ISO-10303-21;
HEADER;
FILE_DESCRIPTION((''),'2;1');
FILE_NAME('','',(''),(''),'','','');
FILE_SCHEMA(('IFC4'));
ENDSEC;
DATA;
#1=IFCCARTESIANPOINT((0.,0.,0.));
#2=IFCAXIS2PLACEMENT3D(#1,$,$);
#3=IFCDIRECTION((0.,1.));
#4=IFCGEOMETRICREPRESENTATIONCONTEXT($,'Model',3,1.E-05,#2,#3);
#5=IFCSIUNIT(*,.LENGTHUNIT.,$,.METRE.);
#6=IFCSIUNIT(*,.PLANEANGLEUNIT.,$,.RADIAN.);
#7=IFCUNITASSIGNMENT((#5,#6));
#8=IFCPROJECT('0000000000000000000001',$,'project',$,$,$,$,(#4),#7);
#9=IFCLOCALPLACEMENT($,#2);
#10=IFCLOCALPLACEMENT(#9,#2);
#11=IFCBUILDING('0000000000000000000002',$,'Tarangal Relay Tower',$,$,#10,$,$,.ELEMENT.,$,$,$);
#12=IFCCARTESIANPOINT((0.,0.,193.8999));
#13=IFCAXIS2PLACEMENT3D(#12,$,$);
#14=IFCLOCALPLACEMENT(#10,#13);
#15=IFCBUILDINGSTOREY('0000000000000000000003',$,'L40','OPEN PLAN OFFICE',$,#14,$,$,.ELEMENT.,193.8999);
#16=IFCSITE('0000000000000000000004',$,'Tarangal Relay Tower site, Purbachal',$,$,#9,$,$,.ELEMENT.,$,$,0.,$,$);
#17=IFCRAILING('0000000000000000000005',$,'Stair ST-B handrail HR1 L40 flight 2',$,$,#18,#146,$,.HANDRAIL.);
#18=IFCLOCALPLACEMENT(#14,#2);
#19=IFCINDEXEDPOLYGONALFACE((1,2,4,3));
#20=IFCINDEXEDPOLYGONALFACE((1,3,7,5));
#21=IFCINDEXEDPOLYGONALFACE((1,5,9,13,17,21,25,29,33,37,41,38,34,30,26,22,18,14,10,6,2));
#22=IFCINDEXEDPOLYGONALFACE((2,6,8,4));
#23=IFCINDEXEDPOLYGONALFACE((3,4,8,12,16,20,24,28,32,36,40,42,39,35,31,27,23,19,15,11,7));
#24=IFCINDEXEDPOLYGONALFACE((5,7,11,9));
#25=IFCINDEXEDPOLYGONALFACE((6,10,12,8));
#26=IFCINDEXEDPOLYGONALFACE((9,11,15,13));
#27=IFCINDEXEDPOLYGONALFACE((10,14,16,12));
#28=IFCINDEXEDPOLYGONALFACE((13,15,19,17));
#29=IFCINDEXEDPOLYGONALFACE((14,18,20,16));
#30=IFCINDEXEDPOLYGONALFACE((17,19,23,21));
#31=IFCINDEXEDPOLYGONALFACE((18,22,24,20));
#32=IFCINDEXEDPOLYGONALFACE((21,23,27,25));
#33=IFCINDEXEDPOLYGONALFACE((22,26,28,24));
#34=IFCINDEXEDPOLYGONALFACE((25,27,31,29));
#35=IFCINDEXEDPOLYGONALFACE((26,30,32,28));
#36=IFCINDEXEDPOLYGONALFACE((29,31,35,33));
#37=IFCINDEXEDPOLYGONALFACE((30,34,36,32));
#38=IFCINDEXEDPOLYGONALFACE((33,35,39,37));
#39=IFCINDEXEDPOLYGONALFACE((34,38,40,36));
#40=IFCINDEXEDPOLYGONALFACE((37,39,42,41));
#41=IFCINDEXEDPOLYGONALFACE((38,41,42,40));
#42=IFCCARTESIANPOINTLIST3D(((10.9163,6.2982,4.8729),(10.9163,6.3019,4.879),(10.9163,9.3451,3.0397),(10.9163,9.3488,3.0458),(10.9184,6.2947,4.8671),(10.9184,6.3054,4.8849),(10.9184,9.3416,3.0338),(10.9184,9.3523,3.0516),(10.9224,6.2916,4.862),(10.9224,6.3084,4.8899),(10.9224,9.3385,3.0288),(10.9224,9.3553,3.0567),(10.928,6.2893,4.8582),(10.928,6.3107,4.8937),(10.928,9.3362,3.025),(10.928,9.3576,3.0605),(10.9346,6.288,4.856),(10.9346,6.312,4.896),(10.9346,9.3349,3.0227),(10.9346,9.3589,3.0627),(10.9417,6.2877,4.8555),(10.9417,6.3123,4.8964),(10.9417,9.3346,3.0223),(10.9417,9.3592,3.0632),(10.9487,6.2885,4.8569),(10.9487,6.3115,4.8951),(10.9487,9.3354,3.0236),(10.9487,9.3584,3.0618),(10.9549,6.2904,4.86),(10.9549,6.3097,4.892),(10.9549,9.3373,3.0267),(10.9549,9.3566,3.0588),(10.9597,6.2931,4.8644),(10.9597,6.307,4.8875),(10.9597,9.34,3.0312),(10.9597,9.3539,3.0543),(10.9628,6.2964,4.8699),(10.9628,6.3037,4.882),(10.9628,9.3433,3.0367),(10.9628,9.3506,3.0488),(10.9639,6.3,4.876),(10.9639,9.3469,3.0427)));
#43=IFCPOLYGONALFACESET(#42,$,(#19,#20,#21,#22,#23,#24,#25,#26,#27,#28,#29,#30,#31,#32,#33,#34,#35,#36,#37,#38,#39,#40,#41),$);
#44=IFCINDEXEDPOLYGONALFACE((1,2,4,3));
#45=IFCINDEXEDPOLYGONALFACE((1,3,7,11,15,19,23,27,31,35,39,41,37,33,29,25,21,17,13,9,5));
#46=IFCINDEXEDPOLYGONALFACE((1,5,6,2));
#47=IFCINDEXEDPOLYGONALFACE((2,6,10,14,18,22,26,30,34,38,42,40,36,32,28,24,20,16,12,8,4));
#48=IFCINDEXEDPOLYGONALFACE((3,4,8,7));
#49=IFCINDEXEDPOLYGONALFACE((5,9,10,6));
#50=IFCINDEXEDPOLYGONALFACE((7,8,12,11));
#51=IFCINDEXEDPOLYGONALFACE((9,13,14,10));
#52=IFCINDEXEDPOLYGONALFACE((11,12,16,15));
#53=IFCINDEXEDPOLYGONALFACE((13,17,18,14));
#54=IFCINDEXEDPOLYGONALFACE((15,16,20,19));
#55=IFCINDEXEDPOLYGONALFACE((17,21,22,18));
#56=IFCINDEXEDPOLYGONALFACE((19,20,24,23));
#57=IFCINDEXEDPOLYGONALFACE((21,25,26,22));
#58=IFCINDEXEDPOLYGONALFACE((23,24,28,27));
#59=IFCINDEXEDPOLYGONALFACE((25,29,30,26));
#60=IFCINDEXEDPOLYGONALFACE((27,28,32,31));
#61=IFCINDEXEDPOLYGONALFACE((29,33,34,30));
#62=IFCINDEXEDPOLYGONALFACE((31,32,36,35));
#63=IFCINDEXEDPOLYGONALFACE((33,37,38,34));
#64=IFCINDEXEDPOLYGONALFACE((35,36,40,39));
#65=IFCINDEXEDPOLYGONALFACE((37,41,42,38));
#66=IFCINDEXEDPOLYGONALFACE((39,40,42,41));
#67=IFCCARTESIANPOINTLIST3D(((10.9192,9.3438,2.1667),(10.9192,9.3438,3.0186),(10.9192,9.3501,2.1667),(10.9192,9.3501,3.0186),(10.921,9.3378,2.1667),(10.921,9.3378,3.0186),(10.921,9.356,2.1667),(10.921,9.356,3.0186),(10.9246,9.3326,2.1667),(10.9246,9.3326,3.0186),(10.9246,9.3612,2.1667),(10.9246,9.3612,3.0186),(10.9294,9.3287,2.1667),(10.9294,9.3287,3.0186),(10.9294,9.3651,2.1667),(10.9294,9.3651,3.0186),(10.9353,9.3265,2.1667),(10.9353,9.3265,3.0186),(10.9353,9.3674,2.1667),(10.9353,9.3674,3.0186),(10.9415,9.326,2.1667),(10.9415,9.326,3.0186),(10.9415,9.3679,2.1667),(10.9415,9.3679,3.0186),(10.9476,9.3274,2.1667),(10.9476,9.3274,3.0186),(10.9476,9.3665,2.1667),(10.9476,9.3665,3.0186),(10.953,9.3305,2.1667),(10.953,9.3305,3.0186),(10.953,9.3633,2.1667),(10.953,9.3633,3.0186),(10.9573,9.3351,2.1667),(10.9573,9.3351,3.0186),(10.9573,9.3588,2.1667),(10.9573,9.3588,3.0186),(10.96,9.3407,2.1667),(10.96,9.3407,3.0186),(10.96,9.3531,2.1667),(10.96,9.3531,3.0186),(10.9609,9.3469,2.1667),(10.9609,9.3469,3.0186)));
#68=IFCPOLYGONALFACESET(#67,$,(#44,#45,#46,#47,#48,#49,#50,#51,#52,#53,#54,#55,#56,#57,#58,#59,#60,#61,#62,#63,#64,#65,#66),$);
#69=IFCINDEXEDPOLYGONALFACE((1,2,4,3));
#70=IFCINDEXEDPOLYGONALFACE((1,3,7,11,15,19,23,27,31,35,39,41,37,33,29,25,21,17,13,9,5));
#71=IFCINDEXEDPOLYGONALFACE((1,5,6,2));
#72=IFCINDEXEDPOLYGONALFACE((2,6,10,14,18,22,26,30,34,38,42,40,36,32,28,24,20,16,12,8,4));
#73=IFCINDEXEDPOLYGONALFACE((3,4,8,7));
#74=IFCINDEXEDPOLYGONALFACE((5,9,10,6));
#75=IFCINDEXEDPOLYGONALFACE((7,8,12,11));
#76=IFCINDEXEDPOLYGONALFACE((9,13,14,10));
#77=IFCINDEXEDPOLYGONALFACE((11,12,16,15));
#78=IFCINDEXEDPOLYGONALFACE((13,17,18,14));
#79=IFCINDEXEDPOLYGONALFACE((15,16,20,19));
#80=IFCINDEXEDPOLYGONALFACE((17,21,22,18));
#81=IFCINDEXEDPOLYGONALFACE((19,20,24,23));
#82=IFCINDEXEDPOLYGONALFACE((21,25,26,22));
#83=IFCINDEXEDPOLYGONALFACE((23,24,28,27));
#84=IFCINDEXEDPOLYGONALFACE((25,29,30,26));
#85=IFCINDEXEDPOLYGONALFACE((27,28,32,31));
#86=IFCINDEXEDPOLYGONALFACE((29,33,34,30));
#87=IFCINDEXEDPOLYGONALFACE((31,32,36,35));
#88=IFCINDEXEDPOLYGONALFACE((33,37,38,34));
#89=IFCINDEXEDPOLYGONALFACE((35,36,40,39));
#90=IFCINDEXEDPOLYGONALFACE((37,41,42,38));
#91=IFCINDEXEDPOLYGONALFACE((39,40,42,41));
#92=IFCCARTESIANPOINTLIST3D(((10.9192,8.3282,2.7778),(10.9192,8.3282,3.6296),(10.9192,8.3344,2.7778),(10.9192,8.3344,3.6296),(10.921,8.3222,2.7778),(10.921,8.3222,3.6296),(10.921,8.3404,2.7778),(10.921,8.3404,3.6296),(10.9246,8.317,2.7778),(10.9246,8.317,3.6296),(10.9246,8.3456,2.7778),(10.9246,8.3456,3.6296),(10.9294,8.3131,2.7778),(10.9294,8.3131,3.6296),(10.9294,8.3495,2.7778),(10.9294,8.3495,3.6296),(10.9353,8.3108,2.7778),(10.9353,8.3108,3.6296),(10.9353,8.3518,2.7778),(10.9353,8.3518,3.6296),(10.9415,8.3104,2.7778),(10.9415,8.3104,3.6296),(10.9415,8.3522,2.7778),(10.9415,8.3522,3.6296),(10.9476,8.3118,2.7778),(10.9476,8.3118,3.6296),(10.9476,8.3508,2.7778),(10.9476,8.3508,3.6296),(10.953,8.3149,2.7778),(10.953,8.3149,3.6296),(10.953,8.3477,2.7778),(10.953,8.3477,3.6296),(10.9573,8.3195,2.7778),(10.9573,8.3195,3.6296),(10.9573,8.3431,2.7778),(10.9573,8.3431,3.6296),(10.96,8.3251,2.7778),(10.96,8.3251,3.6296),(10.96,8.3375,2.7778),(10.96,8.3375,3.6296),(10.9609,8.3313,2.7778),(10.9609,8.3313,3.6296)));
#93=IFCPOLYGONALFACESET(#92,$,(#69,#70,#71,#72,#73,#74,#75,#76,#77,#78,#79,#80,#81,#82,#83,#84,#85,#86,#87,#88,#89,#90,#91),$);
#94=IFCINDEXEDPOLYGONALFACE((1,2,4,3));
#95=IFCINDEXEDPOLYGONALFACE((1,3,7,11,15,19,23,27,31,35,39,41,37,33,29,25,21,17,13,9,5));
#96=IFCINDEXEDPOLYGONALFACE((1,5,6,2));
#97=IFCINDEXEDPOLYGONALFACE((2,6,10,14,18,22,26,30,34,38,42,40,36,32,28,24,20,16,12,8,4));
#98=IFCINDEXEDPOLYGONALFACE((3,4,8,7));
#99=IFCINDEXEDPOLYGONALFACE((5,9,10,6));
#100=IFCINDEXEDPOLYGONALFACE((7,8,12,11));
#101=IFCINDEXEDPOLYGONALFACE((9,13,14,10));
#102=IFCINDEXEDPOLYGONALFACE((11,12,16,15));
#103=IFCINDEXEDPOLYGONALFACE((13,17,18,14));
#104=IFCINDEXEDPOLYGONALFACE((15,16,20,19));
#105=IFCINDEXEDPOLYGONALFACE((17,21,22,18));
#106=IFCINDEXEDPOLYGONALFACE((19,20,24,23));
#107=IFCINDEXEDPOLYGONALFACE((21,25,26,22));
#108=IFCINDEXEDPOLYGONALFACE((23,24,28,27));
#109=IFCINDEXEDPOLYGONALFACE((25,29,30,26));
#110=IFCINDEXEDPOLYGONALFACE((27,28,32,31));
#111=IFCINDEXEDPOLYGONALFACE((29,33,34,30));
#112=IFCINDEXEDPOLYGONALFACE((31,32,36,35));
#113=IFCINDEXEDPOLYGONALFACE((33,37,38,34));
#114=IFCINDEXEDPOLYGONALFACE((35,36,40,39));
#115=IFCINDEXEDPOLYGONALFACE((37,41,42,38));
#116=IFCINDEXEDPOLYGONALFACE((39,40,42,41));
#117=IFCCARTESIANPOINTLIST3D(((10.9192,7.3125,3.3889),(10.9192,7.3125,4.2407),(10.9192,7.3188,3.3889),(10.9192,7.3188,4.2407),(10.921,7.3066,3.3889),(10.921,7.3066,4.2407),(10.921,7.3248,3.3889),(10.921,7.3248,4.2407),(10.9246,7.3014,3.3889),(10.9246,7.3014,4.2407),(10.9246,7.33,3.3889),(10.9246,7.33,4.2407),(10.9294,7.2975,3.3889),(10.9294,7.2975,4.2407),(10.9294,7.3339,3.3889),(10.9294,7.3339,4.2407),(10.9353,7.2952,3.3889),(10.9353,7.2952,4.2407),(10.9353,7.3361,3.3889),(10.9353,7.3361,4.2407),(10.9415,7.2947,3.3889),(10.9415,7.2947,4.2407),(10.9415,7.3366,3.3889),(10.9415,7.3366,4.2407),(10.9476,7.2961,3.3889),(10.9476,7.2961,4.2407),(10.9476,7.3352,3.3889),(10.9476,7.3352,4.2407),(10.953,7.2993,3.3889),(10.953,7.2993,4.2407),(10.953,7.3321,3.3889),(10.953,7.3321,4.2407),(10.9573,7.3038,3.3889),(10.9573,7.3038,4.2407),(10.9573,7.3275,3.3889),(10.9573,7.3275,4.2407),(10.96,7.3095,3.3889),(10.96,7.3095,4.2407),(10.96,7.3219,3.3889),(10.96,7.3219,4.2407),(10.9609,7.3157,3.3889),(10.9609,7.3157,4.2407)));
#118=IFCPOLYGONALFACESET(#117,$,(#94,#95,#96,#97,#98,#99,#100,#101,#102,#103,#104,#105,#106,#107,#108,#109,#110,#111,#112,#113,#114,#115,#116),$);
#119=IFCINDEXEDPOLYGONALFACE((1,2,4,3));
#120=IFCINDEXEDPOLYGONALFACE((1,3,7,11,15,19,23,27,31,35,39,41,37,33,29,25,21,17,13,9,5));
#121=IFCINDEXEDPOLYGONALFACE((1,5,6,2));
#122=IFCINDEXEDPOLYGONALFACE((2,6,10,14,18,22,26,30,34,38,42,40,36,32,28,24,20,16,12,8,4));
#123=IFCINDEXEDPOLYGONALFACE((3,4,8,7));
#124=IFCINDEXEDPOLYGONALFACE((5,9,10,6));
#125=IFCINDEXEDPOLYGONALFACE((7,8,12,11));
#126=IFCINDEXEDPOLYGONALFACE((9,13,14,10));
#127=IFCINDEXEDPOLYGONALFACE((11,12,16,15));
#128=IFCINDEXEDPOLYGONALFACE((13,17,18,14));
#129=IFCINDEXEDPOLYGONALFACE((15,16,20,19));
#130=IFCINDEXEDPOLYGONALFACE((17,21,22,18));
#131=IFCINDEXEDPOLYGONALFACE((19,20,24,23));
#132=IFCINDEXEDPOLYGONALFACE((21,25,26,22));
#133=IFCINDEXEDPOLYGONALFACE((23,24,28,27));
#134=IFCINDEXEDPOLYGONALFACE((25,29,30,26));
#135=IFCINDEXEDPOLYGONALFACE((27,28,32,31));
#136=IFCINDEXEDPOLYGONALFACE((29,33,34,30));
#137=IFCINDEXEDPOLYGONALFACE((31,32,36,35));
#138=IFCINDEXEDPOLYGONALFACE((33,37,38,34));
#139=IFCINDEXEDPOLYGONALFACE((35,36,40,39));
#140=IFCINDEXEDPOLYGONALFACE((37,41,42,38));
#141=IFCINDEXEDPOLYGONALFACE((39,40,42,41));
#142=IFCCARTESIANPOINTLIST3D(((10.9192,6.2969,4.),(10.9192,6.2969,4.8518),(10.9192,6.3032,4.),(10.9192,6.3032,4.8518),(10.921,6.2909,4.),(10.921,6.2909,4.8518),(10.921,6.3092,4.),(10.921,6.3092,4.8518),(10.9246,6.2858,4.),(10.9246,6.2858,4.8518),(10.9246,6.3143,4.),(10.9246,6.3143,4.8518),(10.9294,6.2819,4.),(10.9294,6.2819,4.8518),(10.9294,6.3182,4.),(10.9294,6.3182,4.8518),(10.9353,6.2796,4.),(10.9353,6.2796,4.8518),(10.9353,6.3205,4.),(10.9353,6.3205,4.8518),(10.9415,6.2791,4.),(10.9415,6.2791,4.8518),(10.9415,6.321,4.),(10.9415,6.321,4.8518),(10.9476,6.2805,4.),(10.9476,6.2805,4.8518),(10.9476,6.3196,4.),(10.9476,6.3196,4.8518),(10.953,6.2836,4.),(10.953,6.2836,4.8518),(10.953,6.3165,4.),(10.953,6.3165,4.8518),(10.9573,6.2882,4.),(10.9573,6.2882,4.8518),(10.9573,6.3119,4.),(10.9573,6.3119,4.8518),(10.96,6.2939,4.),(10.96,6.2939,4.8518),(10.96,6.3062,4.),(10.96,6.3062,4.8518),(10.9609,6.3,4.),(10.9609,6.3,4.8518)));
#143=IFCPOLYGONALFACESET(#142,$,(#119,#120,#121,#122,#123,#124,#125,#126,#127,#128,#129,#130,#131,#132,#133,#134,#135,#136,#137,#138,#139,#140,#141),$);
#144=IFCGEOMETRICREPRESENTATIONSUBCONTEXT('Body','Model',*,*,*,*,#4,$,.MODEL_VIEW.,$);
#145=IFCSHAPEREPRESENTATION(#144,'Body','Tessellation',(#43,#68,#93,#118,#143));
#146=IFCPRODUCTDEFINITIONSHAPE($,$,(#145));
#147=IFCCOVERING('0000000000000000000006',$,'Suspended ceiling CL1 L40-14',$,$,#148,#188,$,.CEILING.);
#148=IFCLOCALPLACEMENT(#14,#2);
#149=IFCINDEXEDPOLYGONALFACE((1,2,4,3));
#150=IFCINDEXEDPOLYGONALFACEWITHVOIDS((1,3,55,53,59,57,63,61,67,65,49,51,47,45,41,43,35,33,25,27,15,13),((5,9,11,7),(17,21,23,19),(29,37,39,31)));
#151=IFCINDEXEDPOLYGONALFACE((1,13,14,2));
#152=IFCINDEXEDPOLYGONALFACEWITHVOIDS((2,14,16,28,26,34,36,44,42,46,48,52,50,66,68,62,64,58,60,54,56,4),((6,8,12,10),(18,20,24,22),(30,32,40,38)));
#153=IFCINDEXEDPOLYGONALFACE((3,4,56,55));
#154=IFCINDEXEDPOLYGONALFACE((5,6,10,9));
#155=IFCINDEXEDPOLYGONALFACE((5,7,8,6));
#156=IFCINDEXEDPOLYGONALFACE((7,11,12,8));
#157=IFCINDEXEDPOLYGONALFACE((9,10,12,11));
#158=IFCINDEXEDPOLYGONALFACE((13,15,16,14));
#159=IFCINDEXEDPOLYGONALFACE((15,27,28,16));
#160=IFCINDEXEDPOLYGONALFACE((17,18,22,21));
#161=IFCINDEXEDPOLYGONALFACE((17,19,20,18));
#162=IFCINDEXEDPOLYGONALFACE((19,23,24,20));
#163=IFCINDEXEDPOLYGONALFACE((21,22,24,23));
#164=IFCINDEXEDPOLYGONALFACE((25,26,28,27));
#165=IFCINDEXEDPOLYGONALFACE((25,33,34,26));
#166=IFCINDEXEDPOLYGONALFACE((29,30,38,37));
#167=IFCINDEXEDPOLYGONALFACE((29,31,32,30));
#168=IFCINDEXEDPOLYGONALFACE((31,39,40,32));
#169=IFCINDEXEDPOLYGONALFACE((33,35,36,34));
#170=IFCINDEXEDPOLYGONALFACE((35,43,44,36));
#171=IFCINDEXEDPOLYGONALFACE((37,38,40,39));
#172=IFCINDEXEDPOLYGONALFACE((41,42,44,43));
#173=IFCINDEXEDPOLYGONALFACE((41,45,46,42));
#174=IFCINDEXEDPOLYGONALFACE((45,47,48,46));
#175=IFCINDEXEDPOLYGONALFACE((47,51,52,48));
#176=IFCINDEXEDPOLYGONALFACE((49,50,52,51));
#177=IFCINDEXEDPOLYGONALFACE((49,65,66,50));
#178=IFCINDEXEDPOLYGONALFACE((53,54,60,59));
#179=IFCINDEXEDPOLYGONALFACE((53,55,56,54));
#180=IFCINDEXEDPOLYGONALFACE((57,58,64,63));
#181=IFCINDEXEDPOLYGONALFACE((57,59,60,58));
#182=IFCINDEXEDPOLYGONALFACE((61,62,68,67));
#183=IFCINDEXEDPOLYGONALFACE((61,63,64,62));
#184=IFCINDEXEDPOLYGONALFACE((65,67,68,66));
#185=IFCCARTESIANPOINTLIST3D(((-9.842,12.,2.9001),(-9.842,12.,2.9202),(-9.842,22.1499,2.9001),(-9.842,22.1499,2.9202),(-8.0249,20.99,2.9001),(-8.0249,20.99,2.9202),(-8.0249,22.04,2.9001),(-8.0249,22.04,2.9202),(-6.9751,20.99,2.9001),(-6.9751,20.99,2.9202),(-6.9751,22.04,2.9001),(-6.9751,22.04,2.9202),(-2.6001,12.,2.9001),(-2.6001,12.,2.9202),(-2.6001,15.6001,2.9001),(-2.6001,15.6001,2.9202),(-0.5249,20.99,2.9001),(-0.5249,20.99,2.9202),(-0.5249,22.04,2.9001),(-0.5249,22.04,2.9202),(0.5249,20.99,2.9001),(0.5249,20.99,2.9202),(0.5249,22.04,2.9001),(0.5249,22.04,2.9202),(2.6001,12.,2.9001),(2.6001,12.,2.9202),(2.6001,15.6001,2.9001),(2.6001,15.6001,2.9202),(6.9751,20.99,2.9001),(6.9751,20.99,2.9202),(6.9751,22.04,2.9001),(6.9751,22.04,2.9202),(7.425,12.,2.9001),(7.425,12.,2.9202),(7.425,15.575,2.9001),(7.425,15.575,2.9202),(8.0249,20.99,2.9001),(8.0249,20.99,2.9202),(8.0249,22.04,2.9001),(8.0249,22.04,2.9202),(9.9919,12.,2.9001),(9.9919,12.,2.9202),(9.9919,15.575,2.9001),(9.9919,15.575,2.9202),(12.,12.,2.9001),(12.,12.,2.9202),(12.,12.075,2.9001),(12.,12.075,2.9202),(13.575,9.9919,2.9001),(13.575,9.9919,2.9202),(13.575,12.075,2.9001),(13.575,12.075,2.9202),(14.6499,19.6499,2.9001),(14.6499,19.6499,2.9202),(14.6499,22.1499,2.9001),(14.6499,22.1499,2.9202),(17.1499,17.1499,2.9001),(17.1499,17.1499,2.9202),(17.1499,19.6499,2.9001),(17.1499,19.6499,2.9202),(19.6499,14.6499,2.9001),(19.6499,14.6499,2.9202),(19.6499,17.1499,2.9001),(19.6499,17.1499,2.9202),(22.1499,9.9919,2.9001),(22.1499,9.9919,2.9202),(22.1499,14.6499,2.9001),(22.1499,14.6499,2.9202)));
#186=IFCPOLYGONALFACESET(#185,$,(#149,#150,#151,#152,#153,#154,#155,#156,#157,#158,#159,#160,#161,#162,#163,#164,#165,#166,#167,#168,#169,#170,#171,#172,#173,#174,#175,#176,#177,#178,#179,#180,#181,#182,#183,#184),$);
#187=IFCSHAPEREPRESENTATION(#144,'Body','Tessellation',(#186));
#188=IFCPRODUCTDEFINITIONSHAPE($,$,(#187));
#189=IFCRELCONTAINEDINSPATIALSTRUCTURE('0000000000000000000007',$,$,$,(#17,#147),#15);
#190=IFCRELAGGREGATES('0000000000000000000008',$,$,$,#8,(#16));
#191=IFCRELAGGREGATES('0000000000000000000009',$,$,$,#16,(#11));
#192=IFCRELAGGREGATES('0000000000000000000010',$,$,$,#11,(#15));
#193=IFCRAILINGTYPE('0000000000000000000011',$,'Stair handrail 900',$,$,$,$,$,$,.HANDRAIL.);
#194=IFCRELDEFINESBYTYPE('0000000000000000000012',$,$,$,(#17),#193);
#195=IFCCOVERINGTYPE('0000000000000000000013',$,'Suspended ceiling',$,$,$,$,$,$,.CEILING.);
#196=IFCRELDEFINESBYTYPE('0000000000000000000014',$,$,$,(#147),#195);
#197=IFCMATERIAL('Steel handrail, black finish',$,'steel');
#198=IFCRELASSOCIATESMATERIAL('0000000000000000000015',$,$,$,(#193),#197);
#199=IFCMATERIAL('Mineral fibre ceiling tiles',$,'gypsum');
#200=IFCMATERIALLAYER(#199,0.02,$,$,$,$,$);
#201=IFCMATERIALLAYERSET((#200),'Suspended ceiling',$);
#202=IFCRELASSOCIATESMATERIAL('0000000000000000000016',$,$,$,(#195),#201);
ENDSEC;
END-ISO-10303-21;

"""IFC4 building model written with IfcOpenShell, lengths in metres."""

from ifc_helpers import new_model, si_unit, direction, frame, origin, origin_2d, place, context, subcontext, project, spatial, polyline, circle, outline, extrude, material, layer, layer_set, type_object, element, save


model = new_model("IFC4")

# Units and contexts
model_context = context("Model", 3, precision=1e-05, world=origin(), true_north=direction((0.0, 1.0)))
body_context = subcontext(model_context, "Body", "Model", "MODEL_VIEW")
ifc_project = project(units=[si_unit("LENGTHUNIT", "METRE"), si_unit("PLANEANGLEUNIT", "RADIAN")], contexts=[model_context])

# Site, building, storey
site_placement = place(None, origin())
site = spatial("IfcSite", under=ifc_project, at=site_placement, Name="Tarangal Relay Tower site, Purbachal", CompositionType="ELEMENT", RefElevation=0.0)
building_placement = place(site_placement, origin())
building = spatial("IfcBuilding", under=site, at=building_placement, Name="Tarangal Relay Tower", CompositionType="ELEMENT")
storey_placement = place(building_placement, frame((0.0, 0.0, 193.8999)))
storey = spatial("IfcBuildingStorey", under=building, at=storey_placement, Name="L40", Description="OPEN PLAN OFFICE", CompositionType="ELEMENT", Elevation=193.8999)

# Railing
ifc_material_1 = material(Name="Steel handrail, black finish", Category="steel")
railing_type_1 = type_object("IfcRailingType", Name="Stair handrail 900", PredefinedType="HANDRAIL", material=ifc_material_1)
railing_1_placement = place(storey_placement, frame((10.9399, 9.3469, 2.1667)))
element("IfcRailing", 1, at=railing_1_placement, inside=storey, type_object=railing_type_1, Name="Stair ST-B handrail HR1 L40 flight 2", PredefinedType="HANDRAIL", context=body_context, shape_type="SweptSolid", body=[
    extrude(circle(Radius=0.0239, at=origin_2d()), frame((0.0, 0.0, 0.876), z_axis=(0.0, -0.856856, 0.515556), x_axis=(1.0, 0.0, 0.0)), (0.0, 0.0, 1.0), 3.5559),
    extrude(circle(Radius=0.021, at=origin_2d()), origin(), (0.0, 0.0, 1.0), 0.8518),
    extrude(circle(Radius=0.021, at=origin_2d()), frame((0.0, -1.0156, 0.6111)), (0.0, 0.0, 1.0), 0.8518),
    extrude(circle(Radius=0.021, at=origin_2d()), frame((0.0, -2.0312, 1.2222)), (0.0, 0.0, 1.0), 0.8518),
    extrude(circle(Radius=0.021, at=origin_2d()), frame((0.0, -3.0469, 1.8333)), (0.0, 0.0, 1.0), 0.8518),
])

# Covering
ifc_material_2 = material(Name="Mineral fibre ceiling tiles", Category="gypsum")
ifc_layer_1 = layer(ifc_material_2, 0.02)
ifc_layer_set_1 = layer_set([ifc_layer_1], Name="Suspended ceiling")
covering_type = type_object("IfcCoveringType", Name="Suspended ceiling", PredefinedType="CEILING", material=ifc_layer_set_1)
covering_1_placement = place(storey_placement, frame((0.0, 0.0, 2.9001)))
element("IfcCovering", 2, at=covering_1_placement, inside=storey, type_object=covering_type, Name="Suspended ceiling CL1 L40-14", PredefinedType="CEILING", context=body_context, shape_type="SweptSolid", body=[
    extrude(outline(polyline([(7.425, 12.0), (7.425, 15.575), (9.9919, 15.575), (9.9919, 12.0), (12.0, 12.0), (12.0, 12.075), (13.575, 12.075), (13.575, 9.9919), (22.1499, 9.9919), (22.1499, 14.6499), (19.6499, 14.6499), (19.6499, 17.1499), (17.1499, 17.1499), (17.1499, 19.6499), (14.6499, 19.6499), (14.6499, 22.1499), (-9.842, 22.1499), (-9.842, 12.0), (-2.6001, 12.0), (-2.6001, 15.6001), (2.6001, 15.6001), (2.6001, 12.0), (7.425, 12.0)]), holes=[polyline([(-6.9751, 20.99), (-6.9751, 22.04), (-8.0249, 22.04), (-8.0249, 20.99), (-6.9751, 20.99)]), polyline([(-0.5249, 20.99), (0.5249, 20.99), (0.5249, 22.04), (-0.5249, 22.04), (-0.5249, 20.99)]), polyline([(6.9751, 20.99), (8.0249, 20.99), (8.0249, 22.04), (6.9751, 22.04), (6.9751, 20.99)])]), origin(), (0.0, 0.0, 1.0), 0.02),
])

save(model, "model.ifc")
